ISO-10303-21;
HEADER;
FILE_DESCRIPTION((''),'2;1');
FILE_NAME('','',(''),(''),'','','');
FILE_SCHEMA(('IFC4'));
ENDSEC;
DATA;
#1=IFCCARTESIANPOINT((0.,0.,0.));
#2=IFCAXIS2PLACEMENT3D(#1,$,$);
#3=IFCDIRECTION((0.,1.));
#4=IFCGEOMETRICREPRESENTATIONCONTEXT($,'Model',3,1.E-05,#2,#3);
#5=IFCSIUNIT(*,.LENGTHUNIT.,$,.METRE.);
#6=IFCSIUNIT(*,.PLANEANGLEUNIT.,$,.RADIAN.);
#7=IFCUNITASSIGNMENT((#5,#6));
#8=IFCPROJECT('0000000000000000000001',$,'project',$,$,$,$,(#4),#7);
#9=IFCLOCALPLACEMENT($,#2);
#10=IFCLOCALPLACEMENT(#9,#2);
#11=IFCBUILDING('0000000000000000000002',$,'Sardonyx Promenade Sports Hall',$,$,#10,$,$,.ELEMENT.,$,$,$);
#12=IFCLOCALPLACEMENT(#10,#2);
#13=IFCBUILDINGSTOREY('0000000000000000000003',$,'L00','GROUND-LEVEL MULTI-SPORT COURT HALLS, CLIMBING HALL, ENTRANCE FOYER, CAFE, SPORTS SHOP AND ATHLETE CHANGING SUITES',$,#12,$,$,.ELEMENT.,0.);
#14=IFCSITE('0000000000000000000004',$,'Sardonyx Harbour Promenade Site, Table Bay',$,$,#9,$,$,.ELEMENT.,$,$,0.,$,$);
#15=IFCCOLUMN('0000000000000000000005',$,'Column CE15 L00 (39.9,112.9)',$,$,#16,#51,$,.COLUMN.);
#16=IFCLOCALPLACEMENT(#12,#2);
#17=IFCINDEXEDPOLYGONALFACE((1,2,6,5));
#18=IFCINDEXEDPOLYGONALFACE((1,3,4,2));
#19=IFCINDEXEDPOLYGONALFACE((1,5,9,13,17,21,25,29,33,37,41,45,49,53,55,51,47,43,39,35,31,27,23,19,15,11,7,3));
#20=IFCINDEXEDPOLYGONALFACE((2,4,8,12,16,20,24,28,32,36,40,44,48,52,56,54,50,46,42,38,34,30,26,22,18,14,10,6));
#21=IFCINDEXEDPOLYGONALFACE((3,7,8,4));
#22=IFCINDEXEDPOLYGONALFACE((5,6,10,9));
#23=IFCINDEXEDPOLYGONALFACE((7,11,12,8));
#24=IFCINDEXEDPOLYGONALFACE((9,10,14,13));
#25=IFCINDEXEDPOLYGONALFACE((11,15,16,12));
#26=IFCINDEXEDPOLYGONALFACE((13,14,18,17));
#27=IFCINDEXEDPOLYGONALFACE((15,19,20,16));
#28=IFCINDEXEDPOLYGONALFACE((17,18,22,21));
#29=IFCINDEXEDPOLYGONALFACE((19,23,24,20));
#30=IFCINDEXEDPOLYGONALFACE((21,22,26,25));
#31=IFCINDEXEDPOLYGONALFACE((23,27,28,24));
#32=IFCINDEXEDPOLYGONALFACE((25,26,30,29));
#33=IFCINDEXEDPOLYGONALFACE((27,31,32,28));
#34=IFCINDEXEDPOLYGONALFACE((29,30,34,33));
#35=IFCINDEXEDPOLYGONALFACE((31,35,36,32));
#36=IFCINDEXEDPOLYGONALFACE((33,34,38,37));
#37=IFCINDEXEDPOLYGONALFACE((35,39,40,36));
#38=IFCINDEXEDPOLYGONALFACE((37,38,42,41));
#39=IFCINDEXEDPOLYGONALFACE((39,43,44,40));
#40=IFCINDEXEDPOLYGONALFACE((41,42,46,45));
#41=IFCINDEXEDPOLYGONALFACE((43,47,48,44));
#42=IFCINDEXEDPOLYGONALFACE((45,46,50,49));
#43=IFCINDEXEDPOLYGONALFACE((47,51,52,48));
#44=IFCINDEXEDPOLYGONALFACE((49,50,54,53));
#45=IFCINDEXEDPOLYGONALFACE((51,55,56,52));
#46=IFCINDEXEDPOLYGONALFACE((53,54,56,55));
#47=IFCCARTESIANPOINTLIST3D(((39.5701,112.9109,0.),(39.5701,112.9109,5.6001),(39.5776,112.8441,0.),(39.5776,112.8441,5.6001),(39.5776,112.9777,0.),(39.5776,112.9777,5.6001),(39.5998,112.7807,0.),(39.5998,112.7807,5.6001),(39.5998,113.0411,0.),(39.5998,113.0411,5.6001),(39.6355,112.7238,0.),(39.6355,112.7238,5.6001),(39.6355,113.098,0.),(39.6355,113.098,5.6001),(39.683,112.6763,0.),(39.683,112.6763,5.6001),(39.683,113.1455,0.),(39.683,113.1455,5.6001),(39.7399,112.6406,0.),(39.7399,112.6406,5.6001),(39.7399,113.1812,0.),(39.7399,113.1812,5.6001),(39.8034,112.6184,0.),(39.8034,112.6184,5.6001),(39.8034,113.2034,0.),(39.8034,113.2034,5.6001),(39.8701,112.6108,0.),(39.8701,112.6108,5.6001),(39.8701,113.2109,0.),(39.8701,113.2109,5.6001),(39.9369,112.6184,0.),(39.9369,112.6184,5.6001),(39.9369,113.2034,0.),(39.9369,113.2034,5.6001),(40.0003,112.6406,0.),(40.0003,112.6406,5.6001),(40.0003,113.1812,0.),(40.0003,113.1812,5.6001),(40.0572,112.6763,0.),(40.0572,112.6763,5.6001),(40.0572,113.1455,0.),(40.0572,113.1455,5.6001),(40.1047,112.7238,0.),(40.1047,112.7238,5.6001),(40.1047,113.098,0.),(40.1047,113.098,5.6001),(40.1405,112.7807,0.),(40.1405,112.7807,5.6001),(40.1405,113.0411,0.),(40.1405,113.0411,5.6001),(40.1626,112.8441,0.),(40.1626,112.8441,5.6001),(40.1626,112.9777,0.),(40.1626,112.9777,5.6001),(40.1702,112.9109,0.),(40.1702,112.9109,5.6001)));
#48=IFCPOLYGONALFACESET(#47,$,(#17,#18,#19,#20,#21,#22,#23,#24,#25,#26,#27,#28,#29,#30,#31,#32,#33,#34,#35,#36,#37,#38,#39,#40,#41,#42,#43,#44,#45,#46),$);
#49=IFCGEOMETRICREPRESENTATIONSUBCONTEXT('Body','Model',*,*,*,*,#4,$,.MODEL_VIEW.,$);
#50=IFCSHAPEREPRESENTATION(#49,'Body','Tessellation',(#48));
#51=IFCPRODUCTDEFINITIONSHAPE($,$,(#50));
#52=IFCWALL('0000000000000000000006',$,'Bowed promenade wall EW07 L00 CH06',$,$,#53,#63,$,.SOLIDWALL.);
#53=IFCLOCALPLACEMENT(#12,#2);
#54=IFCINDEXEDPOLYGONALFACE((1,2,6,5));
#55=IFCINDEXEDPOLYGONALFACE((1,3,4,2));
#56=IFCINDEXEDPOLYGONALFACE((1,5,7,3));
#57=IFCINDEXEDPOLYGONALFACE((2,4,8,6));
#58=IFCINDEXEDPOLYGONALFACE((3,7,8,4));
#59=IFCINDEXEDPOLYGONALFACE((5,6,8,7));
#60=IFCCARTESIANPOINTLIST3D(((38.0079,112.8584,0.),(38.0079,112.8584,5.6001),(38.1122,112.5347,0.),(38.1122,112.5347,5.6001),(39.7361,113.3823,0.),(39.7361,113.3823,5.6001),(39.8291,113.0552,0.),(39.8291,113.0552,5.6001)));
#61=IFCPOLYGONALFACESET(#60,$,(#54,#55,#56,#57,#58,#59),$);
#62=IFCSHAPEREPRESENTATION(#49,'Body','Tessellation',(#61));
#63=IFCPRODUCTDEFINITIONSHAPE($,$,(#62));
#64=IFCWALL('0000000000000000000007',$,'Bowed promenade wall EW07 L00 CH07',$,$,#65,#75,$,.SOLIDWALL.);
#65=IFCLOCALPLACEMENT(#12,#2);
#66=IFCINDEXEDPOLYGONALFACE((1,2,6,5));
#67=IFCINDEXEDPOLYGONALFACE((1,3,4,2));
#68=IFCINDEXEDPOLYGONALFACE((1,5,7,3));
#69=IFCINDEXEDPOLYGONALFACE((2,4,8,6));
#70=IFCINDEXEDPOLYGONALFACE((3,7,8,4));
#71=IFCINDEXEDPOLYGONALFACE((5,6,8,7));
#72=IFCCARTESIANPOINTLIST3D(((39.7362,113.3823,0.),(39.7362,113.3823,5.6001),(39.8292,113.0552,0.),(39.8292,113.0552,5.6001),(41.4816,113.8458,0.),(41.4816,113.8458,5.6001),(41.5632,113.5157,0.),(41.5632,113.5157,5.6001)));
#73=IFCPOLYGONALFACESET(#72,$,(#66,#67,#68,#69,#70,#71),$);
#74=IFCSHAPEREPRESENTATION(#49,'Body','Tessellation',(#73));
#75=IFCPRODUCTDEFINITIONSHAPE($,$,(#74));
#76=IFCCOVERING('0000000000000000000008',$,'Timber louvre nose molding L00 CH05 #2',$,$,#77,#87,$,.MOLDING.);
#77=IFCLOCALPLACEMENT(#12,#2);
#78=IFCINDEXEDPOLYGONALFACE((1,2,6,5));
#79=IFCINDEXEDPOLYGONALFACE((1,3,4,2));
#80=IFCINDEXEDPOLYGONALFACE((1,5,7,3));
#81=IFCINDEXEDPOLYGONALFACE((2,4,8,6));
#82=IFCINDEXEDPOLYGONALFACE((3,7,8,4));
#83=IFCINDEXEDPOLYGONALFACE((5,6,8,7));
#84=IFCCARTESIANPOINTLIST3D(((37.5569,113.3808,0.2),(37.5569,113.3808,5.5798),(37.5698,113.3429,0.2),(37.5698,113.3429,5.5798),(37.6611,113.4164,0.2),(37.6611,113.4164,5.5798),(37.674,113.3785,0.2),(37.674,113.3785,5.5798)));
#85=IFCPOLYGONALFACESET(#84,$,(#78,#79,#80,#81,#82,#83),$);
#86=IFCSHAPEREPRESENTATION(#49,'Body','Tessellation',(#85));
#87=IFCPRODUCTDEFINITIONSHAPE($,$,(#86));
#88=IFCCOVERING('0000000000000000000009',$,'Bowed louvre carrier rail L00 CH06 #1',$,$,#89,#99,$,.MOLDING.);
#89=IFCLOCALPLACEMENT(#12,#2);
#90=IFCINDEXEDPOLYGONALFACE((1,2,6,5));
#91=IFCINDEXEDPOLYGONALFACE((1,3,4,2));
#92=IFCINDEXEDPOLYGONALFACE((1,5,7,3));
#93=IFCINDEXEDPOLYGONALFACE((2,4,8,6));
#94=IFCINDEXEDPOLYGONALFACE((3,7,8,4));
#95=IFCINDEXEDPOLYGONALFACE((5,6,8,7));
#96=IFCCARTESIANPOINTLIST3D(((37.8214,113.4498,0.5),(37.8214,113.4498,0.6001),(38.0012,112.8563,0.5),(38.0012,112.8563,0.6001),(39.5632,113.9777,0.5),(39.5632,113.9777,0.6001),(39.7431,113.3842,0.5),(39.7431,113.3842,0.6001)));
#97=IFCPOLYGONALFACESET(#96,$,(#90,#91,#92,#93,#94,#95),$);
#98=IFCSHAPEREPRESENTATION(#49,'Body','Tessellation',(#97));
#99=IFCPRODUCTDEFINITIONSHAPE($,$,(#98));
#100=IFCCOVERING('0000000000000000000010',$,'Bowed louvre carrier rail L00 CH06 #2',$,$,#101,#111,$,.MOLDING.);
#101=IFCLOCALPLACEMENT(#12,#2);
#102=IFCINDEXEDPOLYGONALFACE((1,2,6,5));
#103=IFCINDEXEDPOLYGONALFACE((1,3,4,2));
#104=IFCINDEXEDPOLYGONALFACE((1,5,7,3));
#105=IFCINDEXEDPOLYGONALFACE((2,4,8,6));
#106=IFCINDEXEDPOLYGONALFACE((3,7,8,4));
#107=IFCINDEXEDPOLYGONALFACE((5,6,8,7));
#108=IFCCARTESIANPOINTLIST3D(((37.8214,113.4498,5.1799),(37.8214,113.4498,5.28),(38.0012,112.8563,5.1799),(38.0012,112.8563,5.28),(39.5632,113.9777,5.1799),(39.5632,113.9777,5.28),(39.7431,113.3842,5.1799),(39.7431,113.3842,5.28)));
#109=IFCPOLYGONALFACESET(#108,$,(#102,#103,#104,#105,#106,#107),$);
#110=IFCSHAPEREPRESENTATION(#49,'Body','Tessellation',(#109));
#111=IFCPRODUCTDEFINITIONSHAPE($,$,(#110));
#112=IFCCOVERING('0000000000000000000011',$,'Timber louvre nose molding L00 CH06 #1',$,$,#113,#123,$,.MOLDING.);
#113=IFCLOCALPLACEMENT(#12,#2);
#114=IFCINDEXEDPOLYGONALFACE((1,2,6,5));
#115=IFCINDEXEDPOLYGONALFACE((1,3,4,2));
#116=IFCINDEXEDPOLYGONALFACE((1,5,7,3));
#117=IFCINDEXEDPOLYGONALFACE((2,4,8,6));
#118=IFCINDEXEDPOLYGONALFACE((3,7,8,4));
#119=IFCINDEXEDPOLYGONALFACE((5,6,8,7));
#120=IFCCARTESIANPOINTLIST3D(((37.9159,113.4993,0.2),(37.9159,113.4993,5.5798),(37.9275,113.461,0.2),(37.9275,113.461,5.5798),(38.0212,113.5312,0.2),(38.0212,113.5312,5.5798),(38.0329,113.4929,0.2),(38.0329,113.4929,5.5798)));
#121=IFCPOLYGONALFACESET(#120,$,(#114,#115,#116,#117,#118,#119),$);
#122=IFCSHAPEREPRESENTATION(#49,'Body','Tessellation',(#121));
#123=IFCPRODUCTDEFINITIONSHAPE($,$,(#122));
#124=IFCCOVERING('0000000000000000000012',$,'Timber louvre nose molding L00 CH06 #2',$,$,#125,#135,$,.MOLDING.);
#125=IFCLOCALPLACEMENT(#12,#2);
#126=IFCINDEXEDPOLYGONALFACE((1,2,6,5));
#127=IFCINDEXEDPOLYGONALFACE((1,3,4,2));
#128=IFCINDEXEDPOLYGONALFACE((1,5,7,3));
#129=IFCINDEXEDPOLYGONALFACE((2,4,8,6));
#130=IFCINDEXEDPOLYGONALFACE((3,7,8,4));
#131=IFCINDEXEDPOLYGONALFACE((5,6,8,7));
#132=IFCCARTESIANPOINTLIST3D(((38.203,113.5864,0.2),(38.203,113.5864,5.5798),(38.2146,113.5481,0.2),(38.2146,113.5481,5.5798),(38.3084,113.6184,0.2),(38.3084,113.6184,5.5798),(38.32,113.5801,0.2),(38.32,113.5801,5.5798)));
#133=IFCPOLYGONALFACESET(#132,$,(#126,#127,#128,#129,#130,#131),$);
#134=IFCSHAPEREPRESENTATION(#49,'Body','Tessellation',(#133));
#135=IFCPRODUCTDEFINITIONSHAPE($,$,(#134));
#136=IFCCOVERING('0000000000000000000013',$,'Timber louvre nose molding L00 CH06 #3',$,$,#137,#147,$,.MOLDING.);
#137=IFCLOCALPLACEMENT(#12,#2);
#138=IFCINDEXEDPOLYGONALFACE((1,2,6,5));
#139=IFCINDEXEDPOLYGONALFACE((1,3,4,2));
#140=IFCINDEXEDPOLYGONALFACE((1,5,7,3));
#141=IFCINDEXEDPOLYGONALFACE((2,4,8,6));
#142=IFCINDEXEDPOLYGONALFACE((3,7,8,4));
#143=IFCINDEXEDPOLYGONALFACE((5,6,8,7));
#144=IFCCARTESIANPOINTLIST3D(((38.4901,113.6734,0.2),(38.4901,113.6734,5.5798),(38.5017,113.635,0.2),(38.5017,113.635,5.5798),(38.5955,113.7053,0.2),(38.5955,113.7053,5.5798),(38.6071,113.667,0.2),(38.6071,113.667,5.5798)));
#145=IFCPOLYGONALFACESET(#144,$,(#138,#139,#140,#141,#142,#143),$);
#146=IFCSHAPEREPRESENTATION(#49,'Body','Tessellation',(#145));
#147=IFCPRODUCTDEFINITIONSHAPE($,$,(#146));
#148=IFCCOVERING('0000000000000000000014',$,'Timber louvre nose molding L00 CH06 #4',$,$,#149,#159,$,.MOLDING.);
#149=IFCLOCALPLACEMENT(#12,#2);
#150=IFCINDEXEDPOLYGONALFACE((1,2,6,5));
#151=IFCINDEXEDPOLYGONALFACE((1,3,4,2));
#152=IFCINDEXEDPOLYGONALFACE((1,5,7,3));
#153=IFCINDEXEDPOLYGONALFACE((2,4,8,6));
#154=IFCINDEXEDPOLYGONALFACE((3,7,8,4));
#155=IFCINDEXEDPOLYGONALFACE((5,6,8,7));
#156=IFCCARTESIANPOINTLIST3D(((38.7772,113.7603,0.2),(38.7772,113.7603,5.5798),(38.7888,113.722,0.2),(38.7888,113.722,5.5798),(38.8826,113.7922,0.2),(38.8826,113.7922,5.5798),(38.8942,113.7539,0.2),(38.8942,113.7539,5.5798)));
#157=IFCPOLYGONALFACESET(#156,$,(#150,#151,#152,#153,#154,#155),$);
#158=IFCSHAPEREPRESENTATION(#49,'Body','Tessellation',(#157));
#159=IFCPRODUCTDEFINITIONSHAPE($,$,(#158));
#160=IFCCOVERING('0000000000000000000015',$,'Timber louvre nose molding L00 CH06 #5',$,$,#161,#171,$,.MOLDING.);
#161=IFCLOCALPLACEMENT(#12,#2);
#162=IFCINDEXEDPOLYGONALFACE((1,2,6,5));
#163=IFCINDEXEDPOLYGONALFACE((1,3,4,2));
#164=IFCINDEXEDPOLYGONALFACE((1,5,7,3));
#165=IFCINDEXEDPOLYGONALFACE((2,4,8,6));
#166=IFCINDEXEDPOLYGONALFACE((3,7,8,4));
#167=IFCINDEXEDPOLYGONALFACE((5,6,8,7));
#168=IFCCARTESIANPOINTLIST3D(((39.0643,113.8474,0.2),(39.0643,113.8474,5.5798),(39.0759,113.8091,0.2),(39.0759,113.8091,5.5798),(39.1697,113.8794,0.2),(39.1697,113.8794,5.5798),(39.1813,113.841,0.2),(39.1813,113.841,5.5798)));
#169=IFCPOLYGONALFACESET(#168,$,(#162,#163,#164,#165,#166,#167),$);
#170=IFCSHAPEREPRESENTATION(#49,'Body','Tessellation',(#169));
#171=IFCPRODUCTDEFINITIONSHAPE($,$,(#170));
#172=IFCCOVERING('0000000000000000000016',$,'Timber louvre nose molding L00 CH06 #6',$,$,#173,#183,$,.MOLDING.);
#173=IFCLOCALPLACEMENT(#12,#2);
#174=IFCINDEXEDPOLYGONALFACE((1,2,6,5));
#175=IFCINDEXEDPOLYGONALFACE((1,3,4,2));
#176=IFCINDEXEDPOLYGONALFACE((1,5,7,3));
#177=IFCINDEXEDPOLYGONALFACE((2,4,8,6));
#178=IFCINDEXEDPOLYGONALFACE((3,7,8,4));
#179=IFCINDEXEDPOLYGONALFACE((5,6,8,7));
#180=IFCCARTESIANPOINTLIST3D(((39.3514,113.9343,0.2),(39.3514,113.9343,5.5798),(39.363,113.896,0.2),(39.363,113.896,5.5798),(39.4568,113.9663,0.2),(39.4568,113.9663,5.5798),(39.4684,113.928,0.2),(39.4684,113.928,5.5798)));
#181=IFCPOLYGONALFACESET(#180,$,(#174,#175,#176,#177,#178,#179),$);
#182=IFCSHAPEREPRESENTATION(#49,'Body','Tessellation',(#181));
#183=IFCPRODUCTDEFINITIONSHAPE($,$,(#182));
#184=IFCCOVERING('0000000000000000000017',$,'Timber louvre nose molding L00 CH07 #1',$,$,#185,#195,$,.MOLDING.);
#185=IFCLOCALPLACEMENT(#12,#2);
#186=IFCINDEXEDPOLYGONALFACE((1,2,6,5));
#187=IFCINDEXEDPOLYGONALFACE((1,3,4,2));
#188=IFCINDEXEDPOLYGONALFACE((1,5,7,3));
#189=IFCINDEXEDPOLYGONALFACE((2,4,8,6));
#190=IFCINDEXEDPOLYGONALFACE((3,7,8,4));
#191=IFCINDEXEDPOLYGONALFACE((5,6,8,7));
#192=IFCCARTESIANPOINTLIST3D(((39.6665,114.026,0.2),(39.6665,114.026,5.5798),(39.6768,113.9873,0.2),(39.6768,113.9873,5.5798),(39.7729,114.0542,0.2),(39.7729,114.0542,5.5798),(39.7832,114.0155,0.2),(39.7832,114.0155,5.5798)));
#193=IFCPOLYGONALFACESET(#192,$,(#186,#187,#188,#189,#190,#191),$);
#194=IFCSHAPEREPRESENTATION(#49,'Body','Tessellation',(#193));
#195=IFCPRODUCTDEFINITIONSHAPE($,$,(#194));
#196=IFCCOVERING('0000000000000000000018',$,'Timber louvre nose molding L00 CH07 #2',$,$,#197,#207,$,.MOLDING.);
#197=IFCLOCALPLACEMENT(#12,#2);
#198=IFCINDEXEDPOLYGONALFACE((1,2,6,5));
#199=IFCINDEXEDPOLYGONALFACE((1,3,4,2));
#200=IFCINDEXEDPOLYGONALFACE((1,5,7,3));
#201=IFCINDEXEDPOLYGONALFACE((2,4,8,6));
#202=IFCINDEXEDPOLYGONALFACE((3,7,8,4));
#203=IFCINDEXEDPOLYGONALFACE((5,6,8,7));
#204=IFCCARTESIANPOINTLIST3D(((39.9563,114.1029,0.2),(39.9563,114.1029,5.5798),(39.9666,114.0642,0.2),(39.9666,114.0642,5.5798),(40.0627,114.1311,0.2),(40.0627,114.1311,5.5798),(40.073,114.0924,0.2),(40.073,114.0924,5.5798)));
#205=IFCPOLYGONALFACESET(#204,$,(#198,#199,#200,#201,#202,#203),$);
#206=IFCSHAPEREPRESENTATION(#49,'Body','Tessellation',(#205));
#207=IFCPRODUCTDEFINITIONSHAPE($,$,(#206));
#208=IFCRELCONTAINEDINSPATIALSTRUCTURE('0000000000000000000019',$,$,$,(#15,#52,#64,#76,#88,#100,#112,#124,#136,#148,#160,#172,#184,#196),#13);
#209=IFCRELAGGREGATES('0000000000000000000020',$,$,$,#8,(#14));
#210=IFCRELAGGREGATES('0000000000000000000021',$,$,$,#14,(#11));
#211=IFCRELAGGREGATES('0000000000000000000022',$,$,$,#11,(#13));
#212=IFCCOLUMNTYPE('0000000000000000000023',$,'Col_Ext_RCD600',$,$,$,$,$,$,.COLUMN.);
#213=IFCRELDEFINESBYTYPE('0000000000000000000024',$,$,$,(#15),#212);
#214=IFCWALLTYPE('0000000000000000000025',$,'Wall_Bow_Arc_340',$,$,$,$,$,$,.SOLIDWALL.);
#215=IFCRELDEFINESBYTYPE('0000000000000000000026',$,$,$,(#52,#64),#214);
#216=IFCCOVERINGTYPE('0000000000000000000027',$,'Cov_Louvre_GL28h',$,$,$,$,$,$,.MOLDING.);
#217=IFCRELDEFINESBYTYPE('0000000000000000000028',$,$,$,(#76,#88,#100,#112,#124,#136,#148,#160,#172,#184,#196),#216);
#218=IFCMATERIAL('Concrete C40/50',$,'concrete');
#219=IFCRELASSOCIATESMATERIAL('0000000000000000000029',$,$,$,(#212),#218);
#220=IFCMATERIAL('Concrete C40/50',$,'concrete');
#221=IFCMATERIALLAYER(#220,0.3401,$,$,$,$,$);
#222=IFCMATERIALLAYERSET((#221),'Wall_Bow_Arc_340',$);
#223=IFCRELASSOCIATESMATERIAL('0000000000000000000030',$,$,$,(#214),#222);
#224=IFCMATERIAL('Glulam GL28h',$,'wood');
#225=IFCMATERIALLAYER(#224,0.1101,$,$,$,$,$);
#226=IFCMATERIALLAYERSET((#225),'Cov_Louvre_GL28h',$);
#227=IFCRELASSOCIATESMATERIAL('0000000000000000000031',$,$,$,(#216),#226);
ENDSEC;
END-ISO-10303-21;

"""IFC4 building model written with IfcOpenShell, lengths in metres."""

from ifc_helpers import new_model, si_unit, direction, frame, origin, origin_2d, place, context, subcontext, project, spatial, polyline, rectangle, circle, outline, extrude, material, layer, layer_set, material_profile, profile_set, type_object, element, save


model = new_model("IFC4")

# Units and contexts
model_context = context("Model", 3, precision=1e-05, world=origin(), true_north=direction((0.0, 1.0)))
body_context = subcontext(model_context, "Body", "Model", "MODEL_VIEW")
ifc_project = project(units=[si_unit("LENGTHUNIT", "METRE"), si_unit("PLANEANGLEUNIT", "RADIAN")], contexts=[model_context])

# Site, building, storey
site_placement = place(None, origin())
site = spatial("IfcSite", under=ifc_project, at=site_placement, Name="Sardonyx Harbour Promenade Site, Table Bay", CompositionType="ELEMENT", RefElevation=0.0)
building_placement = place(site_placement, origin())
building = spatial("IfcBuilding", under=site, at=building_placement, Name="Sardonyx Promenade Sports Hall", CompositionType="ELEMENT")
storey_placement = place(building_placement, origin())
storey = spatial("IfcBuildingStorey", under=building, at=storey_placement, Name="L00", Description="GROUND-LEVEL MULTI-SPORT COURT HALLS, CLIMBING HALL, ENTRANCE FOYER, CAFE, SPORTS SHOP AND ATHLETE CHANGING SUITES", CompositionType="ELEMENT", Elevation=0.0)

# Column
ifc_material_1 = material(Name="Concrete C40/50", Category="concrete")
ifc_material_profile = material_profile(ifc_material_1, circle(Radius=0.3, at=origin_2d()))
ifc_profile_set = profile_set([ifc_material_profile], Name="Concrete C40/50")
column_type = type_object("IfcColumnType", Name="Col_Ext_RCD600", PredefinedType="COLUMN", material=ifc_profile_set)
column_placement = place(storey_placement, frame((39.8701, 112.9109, 0.0), z_axis=(0.0, 0.0, 1.0), x_axis=(1.0, 0.0, 0.0)))
element("IfcColumn", 1, at=column_placement, inside=storey, type_object=column_type, Name="Column CE15 L00 (39.9,112.9)", PredefinedType="COLUMN", context=body_context, shape_type="SweptSolid", body=[
    extrude(circle(Radius=0.3, at=origin_2d()), origin(), (0.0, 0.0, 1.0), 5.6001),
])

# Walls
ifc_material_2 = material(Name="Concrete C40/50", Category="concrete")
ifc_layer_1 = layer(ifc_material_2, 0.3401)
ifc_layer_set_1 = layer_set([ifc_layer_1], Name="Wall_Bow_Arc_340")
wall_type = type_object("IfcWallType", Name="Wall_Bow_Arc_340", PredefinedType="SOLIDWALL", material=ifc_layer_set_1)
wall_1_placement = place(storey_placement, frame((38.0601, 112.6965, 0.0), z_axis=(0.0, 0.0, 1.0), x_axis=(0.956994, 0.290109, 0.0)))
element("IfcWall", 2, at=wall_1_placement, inside=storey, type_object=wall_type, Name="Bowed promenade wall EW07 L00 CH06", PredefinedType="SOLIDWALL", context=body_context, shape_type="SweptSolid", body=[
    extrude(outline(polyline([(0.0029, -0.17), (1.7971, -0.17), (1.8029, 0.17), (-0.0029, 0.17), (0.0029, -0.17)])), origin(), (0.0, 0.0, 1.0), 5.6001),
])
wall_2_placement = place(storey_placement, frame((39.7827, 113.2188, 0.0), z_axis=(0.0, 0.0, 1.0), x_axis=(0.966505, 0.256649, 0.0)))
element("IfcWall", 3, at=wall_2_placement, inside=storey, type_object=wall_type, Name="Bowed promenade wall EW07 L00 CH07", PredefinedType="SOLIDWALL", context=body_context, shape_type="SweptSolid", body=[
    extrude(outline(polyline([(0.0029, -0.17), (1.7971, -0.17), (1.8029, 0.17), (-0.0029, 0.17), (0.0029, -0.17)])), origin(), (0.0, 0.0, 1.0), 5.6001),
])

# Coverings
ifc_material_3 = material(Name="Glulam GL28h", Category="wood")
ifc_layer_2 = layer(ifc_material_3, 0.1101)
ifc_layer_set_2 = layer_set([ifc_layer_2], Name="Cov_Louvre_GL28h")
covering_type = type_object("IfcCoveringType", Name="Cov_Louvre_GL28h", PredefinedType="MOLDING", material=ifc_layer_set_2)
covering_placement = place(storey_placement, frame((37.6155, 113.3796, 0.2), z_axis=(0.0, 0.0, 1.0), x_axis=(0.946411, 0.322966, 0.0)))
element("IfcCovering", 4, at=covering_placement, inside=storey, type_object=covering_type, Name="Timber louvre nose molding L00 CH05 #2", PredefinedType="MOLDING", context=body_context, shape_type="SweptSolid", body=[
    extrude(rectangle(XDim=0.1101, YDim=0.04, at=origin_2d()), origin(), (0.0, 0.0, 1.0), 5.3799),
])
for number, where, z_axis, x_axis, name in (
    (5, (38.7822, 113.417, 0.5), (0.0, 0.0, 1.0), (0.957021, 0.290017, 0.0), "Bowed louvre carrier rail L00 CH06 #1"),
    (6, (38.7822, 113.417, 5.1799), (0.0, 0.0, 1.0), (0.957021, 0.290017, 0.0), "Bowed louvre carrier rail L00 CH06 #2"),
):
    element("IfcCovering", number, at=place(storey_placement, frame(where, z_axis=z_axis, x_axis=x_axis)), inside=storey, type_object=covering_type, Name=name, PredefinedType="MOLDING", context=body_context, shape_type="SweptSolid", body=[
        extrude(rectangle(XDim=1.8201, YDim=0.6201, at=origin_2d()), origin(), (0.0, 0.0, 1.0), 0.1001),
    ])
for number, where, z_axis, x_axis, name in (
    (7, (37.9744, 113.4961, 0.2), (0.0, 0.0, 1.0), (0.957021, 0.290017, 0.0), "Timber louvre nose molding L00 CH06 #1"),
    (8, (38.2615, 113.5833, 0.2), (0.0, 0.0, 1.0), (0.957021, 0.290017, 0.0), "Timber louvre nose molding L00 CH06 #2"),
    (9, (38.5486, 113.6702, 0.2), (0.0, 0.0, 1.0), (0.957021, 0.290017, 0.0), "Timber louvre nose molding L00 CH06 #3"),
    (10, (38.8357, 113.7571, 0.2), (0.0, 0.0, 1.0), (0.957021, 0.290017, 0.0), "Timber louvre nose molding L00 CH06 #4"),
    (11, (39.1228, 113.8442, 0.2), (0.0, 0.0, 1.0), (0.957021, 0.290017, 0.0), "Timber louvre nose molding L00 CH06 #5"),
    (12, (39.4099, 113.9312, 0.2), (0.0, 0.0, 1.0), (0.957021, 0.290017, 0.0), "Timber louvre nose molding L00 CH06 #6"),
    (13, (39.7249, 114.0208, 0.2), (0.0, 0.0, 1.0), (0.966485, 0.256721, 0.0), "Timber louvre nose molding L00 CH07 #1"),
    (14, (40.0146, 114.0977, 0.2), (0.0, 0.0, 1.0), (0.966485, 0.256721, 0.0), "Timber louvre nose molding L00 CH07 #2"),
):
    element("IfcCovering", number, at=place(storey_placement, frame(where, z_axis=z_axis, x_axis=x_axis)), inside=storey, type_object=covering_type, Name=name, PredefinedType="MOLDING", context=body_context, shape_type="SweptSolid", body=[
        extrude(rectangle(XDim=0.1101, YDim=0.04, at=origin_2d()), origin(), (0.0, 0.0, 1.0), 5.3799),
    ])

save(model, "model.ifc")
